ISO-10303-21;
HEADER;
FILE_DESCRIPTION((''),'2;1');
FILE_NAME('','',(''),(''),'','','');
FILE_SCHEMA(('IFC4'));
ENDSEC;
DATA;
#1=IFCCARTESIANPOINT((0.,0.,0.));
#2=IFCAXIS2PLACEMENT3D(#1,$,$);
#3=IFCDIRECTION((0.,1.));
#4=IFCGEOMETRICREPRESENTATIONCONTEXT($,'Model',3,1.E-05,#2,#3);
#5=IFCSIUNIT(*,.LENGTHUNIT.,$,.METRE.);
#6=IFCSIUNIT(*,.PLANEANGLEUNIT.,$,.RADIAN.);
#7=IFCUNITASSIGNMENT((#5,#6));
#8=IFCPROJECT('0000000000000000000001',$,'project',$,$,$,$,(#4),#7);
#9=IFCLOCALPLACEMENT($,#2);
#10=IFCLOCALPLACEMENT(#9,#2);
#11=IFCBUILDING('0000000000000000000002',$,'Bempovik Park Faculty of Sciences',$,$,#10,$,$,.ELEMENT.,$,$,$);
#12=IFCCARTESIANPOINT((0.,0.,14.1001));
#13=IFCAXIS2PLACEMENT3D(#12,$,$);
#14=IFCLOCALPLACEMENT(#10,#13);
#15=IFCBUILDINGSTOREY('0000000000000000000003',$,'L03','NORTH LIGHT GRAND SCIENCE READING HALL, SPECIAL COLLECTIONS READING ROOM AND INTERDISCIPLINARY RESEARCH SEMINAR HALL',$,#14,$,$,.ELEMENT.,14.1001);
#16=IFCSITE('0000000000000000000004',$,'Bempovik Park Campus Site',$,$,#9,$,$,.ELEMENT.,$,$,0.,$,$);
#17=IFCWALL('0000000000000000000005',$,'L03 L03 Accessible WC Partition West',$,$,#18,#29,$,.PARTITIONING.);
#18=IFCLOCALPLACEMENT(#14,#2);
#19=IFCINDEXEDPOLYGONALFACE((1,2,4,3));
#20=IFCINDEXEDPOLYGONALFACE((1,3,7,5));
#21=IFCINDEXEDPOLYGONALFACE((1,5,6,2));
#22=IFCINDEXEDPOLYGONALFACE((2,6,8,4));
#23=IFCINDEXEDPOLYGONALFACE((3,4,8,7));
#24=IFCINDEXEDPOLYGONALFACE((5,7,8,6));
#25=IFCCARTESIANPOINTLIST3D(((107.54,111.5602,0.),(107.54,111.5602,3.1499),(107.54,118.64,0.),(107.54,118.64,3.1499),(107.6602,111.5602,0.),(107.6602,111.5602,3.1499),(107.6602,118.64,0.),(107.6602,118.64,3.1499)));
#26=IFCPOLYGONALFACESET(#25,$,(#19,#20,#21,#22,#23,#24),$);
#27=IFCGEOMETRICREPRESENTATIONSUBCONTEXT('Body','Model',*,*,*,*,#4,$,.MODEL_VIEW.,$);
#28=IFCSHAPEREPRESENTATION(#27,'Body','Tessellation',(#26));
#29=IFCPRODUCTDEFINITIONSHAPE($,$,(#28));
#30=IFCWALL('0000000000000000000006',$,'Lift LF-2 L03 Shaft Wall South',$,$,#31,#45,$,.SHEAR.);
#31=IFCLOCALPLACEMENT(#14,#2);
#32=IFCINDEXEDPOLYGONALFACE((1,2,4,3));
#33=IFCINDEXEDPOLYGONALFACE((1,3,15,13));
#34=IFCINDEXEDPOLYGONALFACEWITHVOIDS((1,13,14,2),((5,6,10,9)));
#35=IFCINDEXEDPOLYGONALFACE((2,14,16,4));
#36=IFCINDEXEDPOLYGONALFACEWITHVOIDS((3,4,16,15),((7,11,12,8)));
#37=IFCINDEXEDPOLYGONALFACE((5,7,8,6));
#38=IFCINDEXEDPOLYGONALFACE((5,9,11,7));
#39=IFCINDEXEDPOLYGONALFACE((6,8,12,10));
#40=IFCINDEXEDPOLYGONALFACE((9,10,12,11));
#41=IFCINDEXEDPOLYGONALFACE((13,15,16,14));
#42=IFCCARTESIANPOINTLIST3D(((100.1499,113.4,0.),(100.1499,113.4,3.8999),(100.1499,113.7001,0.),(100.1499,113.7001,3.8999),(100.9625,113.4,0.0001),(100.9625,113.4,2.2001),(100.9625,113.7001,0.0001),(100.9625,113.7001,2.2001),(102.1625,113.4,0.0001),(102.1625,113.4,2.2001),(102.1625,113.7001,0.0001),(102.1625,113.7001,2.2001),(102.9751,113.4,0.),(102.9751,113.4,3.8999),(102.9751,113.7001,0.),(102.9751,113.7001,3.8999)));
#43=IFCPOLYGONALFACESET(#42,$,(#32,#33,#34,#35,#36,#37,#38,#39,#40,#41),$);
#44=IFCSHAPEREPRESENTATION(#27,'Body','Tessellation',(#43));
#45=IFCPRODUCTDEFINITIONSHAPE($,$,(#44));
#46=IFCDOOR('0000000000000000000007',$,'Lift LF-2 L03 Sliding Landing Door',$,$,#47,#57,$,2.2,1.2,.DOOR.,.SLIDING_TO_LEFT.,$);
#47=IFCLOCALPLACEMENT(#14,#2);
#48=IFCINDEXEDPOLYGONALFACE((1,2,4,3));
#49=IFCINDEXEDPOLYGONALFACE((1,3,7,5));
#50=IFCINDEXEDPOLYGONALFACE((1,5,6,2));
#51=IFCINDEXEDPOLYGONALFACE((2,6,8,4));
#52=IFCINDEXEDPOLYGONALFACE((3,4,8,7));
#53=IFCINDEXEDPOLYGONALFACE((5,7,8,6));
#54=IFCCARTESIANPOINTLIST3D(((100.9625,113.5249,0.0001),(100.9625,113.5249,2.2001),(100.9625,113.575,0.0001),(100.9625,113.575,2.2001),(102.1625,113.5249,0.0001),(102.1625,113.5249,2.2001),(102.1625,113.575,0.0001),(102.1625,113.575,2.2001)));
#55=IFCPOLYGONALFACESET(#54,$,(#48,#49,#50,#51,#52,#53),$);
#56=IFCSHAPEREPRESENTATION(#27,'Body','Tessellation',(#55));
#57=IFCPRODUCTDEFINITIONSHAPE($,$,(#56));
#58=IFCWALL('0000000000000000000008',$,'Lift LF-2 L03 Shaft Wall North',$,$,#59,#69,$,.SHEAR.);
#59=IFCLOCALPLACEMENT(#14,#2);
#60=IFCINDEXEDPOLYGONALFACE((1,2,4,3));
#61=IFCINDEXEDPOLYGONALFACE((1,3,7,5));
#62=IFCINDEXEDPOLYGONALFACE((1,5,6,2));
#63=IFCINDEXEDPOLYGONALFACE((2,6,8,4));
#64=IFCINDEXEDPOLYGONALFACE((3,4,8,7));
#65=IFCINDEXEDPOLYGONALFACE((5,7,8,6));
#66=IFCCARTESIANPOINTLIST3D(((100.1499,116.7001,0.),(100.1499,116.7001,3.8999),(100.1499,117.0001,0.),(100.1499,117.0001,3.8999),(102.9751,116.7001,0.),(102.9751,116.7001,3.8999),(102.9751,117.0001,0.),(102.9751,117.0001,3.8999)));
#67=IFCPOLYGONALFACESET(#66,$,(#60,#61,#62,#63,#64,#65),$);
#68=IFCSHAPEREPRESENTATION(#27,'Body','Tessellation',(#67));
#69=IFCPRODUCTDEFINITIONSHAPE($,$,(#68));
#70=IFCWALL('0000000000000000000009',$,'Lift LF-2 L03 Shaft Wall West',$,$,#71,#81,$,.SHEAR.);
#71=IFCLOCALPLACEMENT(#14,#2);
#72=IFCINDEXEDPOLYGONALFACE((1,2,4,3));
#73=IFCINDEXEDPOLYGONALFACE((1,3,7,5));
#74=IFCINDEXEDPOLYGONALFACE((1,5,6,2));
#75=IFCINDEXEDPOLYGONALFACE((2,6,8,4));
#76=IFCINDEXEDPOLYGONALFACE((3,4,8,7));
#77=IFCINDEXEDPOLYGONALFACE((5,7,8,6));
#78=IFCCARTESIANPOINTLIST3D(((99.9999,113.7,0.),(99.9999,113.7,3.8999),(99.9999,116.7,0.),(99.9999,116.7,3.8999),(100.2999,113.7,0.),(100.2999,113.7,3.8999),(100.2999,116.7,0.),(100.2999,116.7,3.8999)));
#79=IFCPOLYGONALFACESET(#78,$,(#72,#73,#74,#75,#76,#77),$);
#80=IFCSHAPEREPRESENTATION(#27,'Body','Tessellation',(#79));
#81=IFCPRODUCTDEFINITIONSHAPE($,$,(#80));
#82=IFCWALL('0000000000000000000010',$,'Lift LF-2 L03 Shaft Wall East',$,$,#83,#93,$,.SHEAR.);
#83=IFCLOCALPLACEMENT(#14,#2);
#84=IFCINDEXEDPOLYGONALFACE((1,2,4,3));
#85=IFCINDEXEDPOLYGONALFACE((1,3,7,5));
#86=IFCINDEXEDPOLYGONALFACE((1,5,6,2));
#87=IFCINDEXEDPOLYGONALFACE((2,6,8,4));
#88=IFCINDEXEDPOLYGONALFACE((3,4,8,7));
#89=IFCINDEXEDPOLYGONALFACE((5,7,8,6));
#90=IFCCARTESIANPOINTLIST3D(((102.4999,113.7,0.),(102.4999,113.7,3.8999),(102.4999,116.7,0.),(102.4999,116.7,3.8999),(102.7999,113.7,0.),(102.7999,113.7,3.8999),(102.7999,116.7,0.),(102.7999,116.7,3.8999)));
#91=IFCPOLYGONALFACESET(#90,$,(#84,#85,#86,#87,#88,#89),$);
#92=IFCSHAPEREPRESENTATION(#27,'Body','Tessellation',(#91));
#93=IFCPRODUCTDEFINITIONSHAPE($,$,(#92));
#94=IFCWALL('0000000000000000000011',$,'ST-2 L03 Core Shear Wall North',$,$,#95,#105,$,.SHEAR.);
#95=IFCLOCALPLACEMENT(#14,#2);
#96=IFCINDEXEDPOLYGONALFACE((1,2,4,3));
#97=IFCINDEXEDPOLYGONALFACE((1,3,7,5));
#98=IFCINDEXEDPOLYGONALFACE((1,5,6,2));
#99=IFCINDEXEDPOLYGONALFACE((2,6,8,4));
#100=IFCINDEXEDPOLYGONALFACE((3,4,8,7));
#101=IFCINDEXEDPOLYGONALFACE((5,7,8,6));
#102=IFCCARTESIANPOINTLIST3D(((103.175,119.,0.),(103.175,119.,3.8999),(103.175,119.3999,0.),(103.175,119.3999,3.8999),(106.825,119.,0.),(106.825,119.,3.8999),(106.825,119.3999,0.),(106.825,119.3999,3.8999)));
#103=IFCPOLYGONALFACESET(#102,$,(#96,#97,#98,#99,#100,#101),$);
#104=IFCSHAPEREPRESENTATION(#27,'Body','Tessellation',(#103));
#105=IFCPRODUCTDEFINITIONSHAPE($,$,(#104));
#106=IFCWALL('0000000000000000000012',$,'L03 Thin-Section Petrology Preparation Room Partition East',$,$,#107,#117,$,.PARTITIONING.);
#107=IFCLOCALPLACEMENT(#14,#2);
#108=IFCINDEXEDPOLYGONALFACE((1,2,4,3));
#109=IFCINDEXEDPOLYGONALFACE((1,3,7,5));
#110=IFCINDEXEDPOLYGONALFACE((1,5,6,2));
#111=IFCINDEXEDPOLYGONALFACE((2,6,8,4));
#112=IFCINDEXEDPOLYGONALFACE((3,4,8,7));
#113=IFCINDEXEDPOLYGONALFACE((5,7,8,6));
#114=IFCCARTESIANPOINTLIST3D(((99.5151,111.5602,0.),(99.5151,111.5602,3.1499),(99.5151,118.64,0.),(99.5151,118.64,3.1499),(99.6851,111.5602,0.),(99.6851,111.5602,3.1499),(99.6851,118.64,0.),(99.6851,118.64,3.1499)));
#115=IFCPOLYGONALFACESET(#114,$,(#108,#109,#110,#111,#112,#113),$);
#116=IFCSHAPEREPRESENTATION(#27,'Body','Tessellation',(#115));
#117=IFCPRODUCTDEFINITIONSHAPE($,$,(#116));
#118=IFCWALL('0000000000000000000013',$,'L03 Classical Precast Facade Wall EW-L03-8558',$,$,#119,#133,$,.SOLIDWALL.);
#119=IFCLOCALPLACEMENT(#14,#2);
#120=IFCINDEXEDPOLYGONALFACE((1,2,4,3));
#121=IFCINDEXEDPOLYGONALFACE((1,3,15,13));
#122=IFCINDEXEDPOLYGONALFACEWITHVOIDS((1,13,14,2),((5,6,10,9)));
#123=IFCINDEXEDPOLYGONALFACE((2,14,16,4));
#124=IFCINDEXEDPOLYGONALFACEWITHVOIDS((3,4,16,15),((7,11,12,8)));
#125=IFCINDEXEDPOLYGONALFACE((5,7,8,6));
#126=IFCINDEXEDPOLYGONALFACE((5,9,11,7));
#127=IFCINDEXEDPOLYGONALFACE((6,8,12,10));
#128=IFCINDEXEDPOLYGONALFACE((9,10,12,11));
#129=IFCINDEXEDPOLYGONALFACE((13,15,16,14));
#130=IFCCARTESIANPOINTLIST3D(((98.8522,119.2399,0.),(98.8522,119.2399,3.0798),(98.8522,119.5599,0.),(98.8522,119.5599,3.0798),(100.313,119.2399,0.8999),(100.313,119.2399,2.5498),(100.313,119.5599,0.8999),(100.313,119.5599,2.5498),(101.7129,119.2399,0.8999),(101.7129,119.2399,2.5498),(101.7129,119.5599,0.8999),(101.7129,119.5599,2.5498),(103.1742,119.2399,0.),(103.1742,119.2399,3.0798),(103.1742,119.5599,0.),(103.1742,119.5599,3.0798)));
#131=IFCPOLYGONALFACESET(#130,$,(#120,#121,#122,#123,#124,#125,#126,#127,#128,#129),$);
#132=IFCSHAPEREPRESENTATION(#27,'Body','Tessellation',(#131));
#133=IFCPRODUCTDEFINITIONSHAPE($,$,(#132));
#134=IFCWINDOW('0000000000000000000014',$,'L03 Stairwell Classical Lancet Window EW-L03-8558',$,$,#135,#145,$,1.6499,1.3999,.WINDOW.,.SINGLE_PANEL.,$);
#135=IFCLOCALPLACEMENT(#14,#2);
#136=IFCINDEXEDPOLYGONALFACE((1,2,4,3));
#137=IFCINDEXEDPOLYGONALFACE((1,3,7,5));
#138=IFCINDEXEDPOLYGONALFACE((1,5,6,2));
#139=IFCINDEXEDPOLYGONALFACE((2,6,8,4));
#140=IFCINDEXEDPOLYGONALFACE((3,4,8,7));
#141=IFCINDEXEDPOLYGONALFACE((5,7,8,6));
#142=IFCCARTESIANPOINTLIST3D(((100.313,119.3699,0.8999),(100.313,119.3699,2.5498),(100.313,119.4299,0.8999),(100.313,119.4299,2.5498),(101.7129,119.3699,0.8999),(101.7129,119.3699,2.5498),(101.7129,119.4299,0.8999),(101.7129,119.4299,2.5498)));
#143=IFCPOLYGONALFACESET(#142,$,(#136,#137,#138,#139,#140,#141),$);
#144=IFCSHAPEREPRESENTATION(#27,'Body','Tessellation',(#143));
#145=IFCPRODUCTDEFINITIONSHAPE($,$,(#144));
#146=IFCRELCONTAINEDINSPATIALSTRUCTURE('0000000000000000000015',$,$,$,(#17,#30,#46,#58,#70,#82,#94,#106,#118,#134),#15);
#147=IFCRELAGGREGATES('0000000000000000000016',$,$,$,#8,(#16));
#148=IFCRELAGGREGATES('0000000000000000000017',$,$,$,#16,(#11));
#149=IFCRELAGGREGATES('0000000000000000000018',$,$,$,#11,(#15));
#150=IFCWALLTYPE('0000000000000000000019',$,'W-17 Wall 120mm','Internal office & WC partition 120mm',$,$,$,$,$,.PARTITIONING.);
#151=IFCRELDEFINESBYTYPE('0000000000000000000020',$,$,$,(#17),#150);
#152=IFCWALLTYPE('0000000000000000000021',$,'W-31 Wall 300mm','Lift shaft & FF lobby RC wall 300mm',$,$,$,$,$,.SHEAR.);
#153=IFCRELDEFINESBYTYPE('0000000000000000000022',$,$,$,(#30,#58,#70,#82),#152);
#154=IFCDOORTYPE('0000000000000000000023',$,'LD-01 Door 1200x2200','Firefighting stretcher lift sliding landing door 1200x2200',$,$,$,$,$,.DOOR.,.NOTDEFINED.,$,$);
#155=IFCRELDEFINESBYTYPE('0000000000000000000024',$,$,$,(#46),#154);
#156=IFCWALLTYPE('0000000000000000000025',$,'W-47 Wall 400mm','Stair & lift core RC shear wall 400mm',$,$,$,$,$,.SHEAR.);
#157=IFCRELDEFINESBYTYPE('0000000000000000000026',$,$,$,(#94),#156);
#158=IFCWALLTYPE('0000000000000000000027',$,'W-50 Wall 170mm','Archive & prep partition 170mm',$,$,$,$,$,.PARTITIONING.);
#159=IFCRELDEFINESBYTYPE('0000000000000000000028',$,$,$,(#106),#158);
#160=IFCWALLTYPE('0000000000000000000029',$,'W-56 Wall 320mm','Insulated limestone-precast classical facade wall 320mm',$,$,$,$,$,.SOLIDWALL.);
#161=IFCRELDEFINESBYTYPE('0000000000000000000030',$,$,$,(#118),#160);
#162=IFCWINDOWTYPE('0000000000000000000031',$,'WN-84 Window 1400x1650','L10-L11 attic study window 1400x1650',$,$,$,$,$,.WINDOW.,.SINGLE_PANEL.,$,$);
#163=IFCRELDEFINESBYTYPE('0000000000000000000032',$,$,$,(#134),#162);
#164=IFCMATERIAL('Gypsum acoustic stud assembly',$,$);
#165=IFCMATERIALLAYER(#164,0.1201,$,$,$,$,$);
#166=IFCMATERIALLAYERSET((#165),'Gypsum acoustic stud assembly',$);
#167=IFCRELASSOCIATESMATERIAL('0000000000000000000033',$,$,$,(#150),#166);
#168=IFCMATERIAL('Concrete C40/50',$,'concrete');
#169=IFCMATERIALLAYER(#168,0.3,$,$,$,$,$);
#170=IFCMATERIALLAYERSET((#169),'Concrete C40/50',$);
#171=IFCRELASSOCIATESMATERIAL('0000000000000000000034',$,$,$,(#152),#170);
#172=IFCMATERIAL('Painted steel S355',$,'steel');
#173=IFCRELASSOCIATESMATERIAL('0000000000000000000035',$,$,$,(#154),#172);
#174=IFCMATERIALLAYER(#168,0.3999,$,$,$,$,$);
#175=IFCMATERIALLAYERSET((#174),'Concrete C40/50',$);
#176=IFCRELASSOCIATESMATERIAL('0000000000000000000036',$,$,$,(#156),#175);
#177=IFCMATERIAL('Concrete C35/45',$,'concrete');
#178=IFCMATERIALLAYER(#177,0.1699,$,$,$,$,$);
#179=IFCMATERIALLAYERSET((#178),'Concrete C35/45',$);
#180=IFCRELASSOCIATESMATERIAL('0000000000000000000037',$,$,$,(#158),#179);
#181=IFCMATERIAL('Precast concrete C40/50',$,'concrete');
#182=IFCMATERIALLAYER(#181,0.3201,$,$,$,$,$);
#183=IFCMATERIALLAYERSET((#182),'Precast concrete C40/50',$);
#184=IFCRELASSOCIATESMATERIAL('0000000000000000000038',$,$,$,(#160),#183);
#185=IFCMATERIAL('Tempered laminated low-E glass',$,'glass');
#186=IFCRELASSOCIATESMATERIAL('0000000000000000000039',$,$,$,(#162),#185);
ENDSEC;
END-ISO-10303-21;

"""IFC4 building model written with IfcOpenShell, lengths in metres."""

from ifc_helpers import new_model, si_unit, direction, frame, frame_2d, origin, place, context, subcontext, project, spatial, rectangle, extrude, material, layer, layer_set, type_object, element, fill, save


model = new_model("IFC4")

# Units and contexts
model_context = context("Model", 3, precision=1e-05, world=origin(), true_north=direction((0.0, 1.0)))
body_context = subcontext(model_context, "Body", "Model", "MODEL_VIEW")
ifc_project = project(units=[si_unit("LENGTHUNIT", "METRE"), si_unit("PLANEANGLEUNIT", "RADIAN")], contexts=[model_context])

# Site, building, storey
site_placement = place(None, origin())
site = spatial("IfcSite", under=ifc_project, at=site_placement, Name="Bempovik Park Campus Site", CompositionType="ELEMENT", RefElevation=0.0)
building_placement = place(site_placement, origin())
building = spatial("IfcBuilding", under=site, at=building_placement, Name="Bempovik Park Faculty of Sciences", CompositionType="ELEMENT")
storey_placement = place(building_placement, frame((0.0, 0.0, 14.1001)))
storey = spatial("IfcBuildingStorey", under=building, at=storey_placement, Name="L03", Description="NORTH LIGHT GRAND SCIENCE READING HALL, SPECIAL COLLECTIONS READING ROOM AND INTERDISCIPLINARY RESEARCH SEMINAR HALL", CompositionType="ELEMENT", Elevation=14.1001)

# Shared definitions
ifc_material_1 = material(Name="Concrete C40/50", Category="concrete")

# Shared definitions
ifc_material_2 = material(Name="Concrete C35/45", Category="concrete")

# Shared definitions
ifc_material_3 = material(Name="Tempered laminated low-E glass", Category="glass")

# Wall
ifc_material_4 = material(Name="Gypsum acoustic stud assembly")
ifc_layer_1 = layer(ifc_material_4, 0.1201)
ifc_layer_set_1 = layer_set([ifc_layer_1], Name="Gypsum acoustic stud assembly")
wall_type_1 = type_object("IfcWallType", Name="W-17 Wall 120mm", Description="Internal office & WC partition 120mm", PredefinedType="PARTITIONING", material=ifc_layer_set_1)
wall_1_placement = place(storey_placement, frame((107.6001, 111.5601, 0.0), z_axis=(0.0, 0.0, 1.0), x_axis=(0.0, 1.0, 0.0)))
element("IfcWall", 1, at=wall_1_placement, inside=storey, type_object=wall_type_1, Name="L03 L03 Accessible WC Partition West", PredefinedType="PARTITIONING", context=body_context, shape_type="SweptSolid", body=[
    extrude(rectangle(XDim=7.0798, YDim=0.1201, at=frame_2d((3.54, 0.0))), origin(), (0.0, 0.0, 1.0), 3.1499),
])

# Wall, opening, door
ifc_layer_2 = layer(ifc_material_1, 0.3)
ifc_layer_set_2 = layer_set([ifc_layer_2], Name="Concrete C40/50")
wall_type_2 = type_object("IfcWallType", Name="W-31 Wall 300mm", Description="Lift shaft & FF lobby RC wall 300mm", PredefinedType="SHEAR", material=ifc_layer_set_2)
wall_2_placement = place(storey_placement, frame((100.1499, 113.55, 0.0), z_axis=(0.0, 0.0, 1.0), x_axis=(1.0, 0.0, 0.0)))
wall_2 = element("IfcWall", 2, at=wall_2_placement, inside=storey, type_object=wall_type_2, Name="Lift LF-2 L03 Shaft Wall South", PredefinedType="SHEAR", context=body_context, shape_type="SweptSolid", body=[
    extrude(rectangle(XDim=2.8252, YDim=0.3, at=frame_2d((1.4126, 0.0))), origin(), (0.0, 0.0, 1.0), 3.8999),
])
opening_1_placement = place(wall_2_placement, frame((0.8125, 0.0, 0.0)))
opening_1 = element("IfcOpeningElement", 3, at=opening_1_placement, cuts=wall_2, PredefinedType="OPENING", context=body_context, shape_type="SweptSolid", body=[
    extrude(rectangle(XDim=1.2, YDim=2.2, at=frame_2d((0.6001, 1.1001))), frame((0.0, 0.1602, 0.0), z_axis=(0.0, -1.0, 0.0), x_axis=(1.0, 0.0, 0.0)), (0.0, 0.0, 1.0), 0.3201),
])
ifc_material_5 = material(Name="Painted steel S355", Category="steel")
door_type = type_object("IfcDoorType", Name="LD-01 Door 1200x2200", Description="Firefighting stretcher lift sliding landing door 1200x2200", OperationType="NOTDEFINED", PredefinedType="DOOR", material=ifc_material_5)
door_placement = place(opening_1_placement, origin())
door = element("IfcDoor", 4, at=door_placement, inside=storey, type_object=door_type, Name="Lift LF-2 L03 Sliding Landing Door", OperationType="SLIDING_TO_LEFT", OverallHeight=2.2, OverallWidth=1.2, PredefinedType="DOOR", context=body_context, shape_type="SweptSolid", body=[
    extrude(rectangle(XDim=1.2, YDim=2.2, at=frame_2d((0.6001, 1.1001))), frame((0.0, 0.0249, 0.0), z_axis=(0.0, -1.0, 0.0), x_axis=(1.0, 0.0, 0.0)), (0.0, 0.0, 1.0), 0.05),
])
fill(opening_1, door)

# Walls
wall_3_placement = place(storey_placement, frame((100.1499, 116.8501, 0.0), z_axis=(0.0, 0.0, 1.0), x_axis=(1.0, 0.0, 0.0)))
element("IfcWall", 5, at=wall_3_placement, inside=storey, type_object=wall_type_2, Name="Lift LF-2 L03 Shaft Wall North", PredefinedType="SHEAR", context=body_context, shape_type="SweptSolid", body=[
    extrude(rectangle(XDim=2.8252, YDim=0.3, at=frame_2d((1.4126, 0.0))), origin(), (0.0, 0.0, 1.0), 3.8999),
])
for number, where, z_axis, x_axis, name in (
    (6, (100.1499, 113.7, 0.0), (0.0, 0.0, 1.0), (0.0, 1.0, 0.0), "Lift LF-2 L03 Shaft Wall West"),
    (7, (102.6499, 113.7, 0.0), (0.0, 0.0, 1.0), (0.0, 1.0, 0.0), "Lift LF-2 L03 Shaft Wall East"),
):
    element("IfcWall", number, at=place(storey_placement, frame(where, z_axis=z_axis, x_axis=x_axis)), inside=storey, type_object=wall_type_2, Name=name, PredefinedType="SHEAR", context=body_context, shape_type="SweptSolid", body=[
        extrude(rectangle(XDim=3.0, YDim=0.3, at=frame_2d((1.5, 0.0))), origin(), (0.0, 0.0, 1.0), 3.8999),
    ])
ifc_layer_3 = layer(ifc_material_1, 0.3999)
ifc_layer_set_3 = layer_set([ifc_layer_3], Name="Concrete C40/50")
wall_type_3 = type_object("IfcWallType", Name="W-47 Wall 400mm", Description="Stair & lift core RC shear wall 400mm", PredefinedType="SHEAR", material=ifc_layer_set_3)
wall_4_placement = place(storey_placement, frame((103.175, 119.2, 0.0), z_axis=(0.0, 0.0, 1.0), x_axis=(1.0, 0.0, 0.0)))
element("IfcWall", 8, at=wall_4_placement, inside=storey, type_object=wall_type_3, Name="ST-2 L03 Core Shear Wall North", PredefinedType="SHEAR", context=body_context, shape_type="SweptSolid", body=[
    extrude(rectangle(XDim=3.6499, YDim=0.3999, at=frame_2d((1.825, 0.0))), origin(), (0.0, 0.0, 1.0), 3.8999),
])
ifc_layer_4 = layer(ifc_material_2, 0.1699)
ifc_layer_set_4 = layer_set([ifc_layer_4], Name="Concrete C35/45")
wall_type_4 = type_object("IfcWallType", Name="W-50 Wall 170mm", Description="Archive & prep partition 170mm", PredefinedType="PARTITIONING", material=ifc_layer_set_4)
wall_5_placement = place(storey_placement, frame((99.6001, 111.5601, 0.0), z_axis=(0.0, 0.0, 1.0), x_axis=(0.0, 1.0, 0.0)))
element("IfcWall", 9, at=wall_5_placement, inside=storey, type_object=wall_type_4, Name="L03 Thin-Section Petrology Preparation Room Partition East", PredefinedType="PARTITIONING", context=body_context, shape_type="SweptSolid", body=[
    extrude(rectangle(XDim=7.0798, YDim=0.1699, at=frame_2d((3.54, 0.0))), origin(), (0.0, 0.0, 1.0), 3.1499),
])

# Wall, opening, window
ifc_material_6 = material(Name="Precast concrete C40/50", Category="concrete")
ifc_layer_5 = layer(ifc_material_6, 0.3201)
ifc_layer_set_5 = layer_set([ifc_layer_5], Name="Precast concrete C40/50")
wall_type_5 = type_object("IfcWallType", Name="W-56 Wall 320mm", Description="Insulated limestone-precast classical facade wall 320mm", PredefinedType="SOLIDWALL", material=ifc_layer_set_5)
wall_6_placement = place(storey_placement, frame((98.8521, 119.3999, 0.0), z_axis=(0.0, 0.0, 1.0), x_axis=(1.0, 0.0, 0.0)))
wall_6 = element("IfcWall", 10, at=wall_6_placement, inside=storey, type_object=wall_type_5, Name="L03 Classical Precast Facade Wall EW-L03-8558", PredefinedType="SOLIDWALL", context=body_context, shape_type="SweptSolid", body=[
    extrude(rectangle(XDim=4.322, YDim=0.3201, at=frame_2d((2.1611, 0.0))), origin(), (0.0, 0.0, 1.0), 3.0798),
])
opening_2_placement = place(wall_6_placement, frame((1.4609, 0.0, 0.8999)))
opening_2 = element("IfcOpeningElement", 11, at=opening_2_placement, cuts=wall_6, PredefinedType="OPENING", context=body_context, shape_type="SweptSolid", body=[
    extrude(rectangle(XDim=1.3999, YDim=1.6499, at=frame_2d((0.7, 0.825))), frame((0.0, 0.1699, 0.0), z_axis=(0.0, -1.0, 0.0), x_axis=(1.0, 0.0, 0.0)), (0.0, 0.0, 1.0), 0.3401),
])
window_type = type_object("IfcWindowType", Name="WN-84 Window 1400x1650", Description="L10-L11 attic study window 1400x1650", PartitioningType="SINGLE_PANEL", PredefinedType="WINDOW", material=ifc_material_3)
window_placement = place(opening_2_placement, origin())
window = element("IfcWindow", 12, at=window_placement, inside=storey, type_object=window_type, Name="L03 Stairwell Classical Lancet Window EW-L03-8558", OverallHeight=1.6499, OverallWidth=1.3999, PartitioningType="SINGLE_PANEL", PredefinedType="WINDOW", context=body_context, shape_type="SweptSolid", body=[
    extrude(rectangle(XDim=1.3999, YDim=1.6499, at=frame_2d((0.7, 0.825))), frame((0.0, 0.03, 0.0), z_axis=(0.0, -1.0, 0.0), x_axis=(1.0, 0.0, 0.0)), (0.0, 0.0, 1.0), 0.0601),
])
fill(opening_2, window)

save(model, "model.ifc")
